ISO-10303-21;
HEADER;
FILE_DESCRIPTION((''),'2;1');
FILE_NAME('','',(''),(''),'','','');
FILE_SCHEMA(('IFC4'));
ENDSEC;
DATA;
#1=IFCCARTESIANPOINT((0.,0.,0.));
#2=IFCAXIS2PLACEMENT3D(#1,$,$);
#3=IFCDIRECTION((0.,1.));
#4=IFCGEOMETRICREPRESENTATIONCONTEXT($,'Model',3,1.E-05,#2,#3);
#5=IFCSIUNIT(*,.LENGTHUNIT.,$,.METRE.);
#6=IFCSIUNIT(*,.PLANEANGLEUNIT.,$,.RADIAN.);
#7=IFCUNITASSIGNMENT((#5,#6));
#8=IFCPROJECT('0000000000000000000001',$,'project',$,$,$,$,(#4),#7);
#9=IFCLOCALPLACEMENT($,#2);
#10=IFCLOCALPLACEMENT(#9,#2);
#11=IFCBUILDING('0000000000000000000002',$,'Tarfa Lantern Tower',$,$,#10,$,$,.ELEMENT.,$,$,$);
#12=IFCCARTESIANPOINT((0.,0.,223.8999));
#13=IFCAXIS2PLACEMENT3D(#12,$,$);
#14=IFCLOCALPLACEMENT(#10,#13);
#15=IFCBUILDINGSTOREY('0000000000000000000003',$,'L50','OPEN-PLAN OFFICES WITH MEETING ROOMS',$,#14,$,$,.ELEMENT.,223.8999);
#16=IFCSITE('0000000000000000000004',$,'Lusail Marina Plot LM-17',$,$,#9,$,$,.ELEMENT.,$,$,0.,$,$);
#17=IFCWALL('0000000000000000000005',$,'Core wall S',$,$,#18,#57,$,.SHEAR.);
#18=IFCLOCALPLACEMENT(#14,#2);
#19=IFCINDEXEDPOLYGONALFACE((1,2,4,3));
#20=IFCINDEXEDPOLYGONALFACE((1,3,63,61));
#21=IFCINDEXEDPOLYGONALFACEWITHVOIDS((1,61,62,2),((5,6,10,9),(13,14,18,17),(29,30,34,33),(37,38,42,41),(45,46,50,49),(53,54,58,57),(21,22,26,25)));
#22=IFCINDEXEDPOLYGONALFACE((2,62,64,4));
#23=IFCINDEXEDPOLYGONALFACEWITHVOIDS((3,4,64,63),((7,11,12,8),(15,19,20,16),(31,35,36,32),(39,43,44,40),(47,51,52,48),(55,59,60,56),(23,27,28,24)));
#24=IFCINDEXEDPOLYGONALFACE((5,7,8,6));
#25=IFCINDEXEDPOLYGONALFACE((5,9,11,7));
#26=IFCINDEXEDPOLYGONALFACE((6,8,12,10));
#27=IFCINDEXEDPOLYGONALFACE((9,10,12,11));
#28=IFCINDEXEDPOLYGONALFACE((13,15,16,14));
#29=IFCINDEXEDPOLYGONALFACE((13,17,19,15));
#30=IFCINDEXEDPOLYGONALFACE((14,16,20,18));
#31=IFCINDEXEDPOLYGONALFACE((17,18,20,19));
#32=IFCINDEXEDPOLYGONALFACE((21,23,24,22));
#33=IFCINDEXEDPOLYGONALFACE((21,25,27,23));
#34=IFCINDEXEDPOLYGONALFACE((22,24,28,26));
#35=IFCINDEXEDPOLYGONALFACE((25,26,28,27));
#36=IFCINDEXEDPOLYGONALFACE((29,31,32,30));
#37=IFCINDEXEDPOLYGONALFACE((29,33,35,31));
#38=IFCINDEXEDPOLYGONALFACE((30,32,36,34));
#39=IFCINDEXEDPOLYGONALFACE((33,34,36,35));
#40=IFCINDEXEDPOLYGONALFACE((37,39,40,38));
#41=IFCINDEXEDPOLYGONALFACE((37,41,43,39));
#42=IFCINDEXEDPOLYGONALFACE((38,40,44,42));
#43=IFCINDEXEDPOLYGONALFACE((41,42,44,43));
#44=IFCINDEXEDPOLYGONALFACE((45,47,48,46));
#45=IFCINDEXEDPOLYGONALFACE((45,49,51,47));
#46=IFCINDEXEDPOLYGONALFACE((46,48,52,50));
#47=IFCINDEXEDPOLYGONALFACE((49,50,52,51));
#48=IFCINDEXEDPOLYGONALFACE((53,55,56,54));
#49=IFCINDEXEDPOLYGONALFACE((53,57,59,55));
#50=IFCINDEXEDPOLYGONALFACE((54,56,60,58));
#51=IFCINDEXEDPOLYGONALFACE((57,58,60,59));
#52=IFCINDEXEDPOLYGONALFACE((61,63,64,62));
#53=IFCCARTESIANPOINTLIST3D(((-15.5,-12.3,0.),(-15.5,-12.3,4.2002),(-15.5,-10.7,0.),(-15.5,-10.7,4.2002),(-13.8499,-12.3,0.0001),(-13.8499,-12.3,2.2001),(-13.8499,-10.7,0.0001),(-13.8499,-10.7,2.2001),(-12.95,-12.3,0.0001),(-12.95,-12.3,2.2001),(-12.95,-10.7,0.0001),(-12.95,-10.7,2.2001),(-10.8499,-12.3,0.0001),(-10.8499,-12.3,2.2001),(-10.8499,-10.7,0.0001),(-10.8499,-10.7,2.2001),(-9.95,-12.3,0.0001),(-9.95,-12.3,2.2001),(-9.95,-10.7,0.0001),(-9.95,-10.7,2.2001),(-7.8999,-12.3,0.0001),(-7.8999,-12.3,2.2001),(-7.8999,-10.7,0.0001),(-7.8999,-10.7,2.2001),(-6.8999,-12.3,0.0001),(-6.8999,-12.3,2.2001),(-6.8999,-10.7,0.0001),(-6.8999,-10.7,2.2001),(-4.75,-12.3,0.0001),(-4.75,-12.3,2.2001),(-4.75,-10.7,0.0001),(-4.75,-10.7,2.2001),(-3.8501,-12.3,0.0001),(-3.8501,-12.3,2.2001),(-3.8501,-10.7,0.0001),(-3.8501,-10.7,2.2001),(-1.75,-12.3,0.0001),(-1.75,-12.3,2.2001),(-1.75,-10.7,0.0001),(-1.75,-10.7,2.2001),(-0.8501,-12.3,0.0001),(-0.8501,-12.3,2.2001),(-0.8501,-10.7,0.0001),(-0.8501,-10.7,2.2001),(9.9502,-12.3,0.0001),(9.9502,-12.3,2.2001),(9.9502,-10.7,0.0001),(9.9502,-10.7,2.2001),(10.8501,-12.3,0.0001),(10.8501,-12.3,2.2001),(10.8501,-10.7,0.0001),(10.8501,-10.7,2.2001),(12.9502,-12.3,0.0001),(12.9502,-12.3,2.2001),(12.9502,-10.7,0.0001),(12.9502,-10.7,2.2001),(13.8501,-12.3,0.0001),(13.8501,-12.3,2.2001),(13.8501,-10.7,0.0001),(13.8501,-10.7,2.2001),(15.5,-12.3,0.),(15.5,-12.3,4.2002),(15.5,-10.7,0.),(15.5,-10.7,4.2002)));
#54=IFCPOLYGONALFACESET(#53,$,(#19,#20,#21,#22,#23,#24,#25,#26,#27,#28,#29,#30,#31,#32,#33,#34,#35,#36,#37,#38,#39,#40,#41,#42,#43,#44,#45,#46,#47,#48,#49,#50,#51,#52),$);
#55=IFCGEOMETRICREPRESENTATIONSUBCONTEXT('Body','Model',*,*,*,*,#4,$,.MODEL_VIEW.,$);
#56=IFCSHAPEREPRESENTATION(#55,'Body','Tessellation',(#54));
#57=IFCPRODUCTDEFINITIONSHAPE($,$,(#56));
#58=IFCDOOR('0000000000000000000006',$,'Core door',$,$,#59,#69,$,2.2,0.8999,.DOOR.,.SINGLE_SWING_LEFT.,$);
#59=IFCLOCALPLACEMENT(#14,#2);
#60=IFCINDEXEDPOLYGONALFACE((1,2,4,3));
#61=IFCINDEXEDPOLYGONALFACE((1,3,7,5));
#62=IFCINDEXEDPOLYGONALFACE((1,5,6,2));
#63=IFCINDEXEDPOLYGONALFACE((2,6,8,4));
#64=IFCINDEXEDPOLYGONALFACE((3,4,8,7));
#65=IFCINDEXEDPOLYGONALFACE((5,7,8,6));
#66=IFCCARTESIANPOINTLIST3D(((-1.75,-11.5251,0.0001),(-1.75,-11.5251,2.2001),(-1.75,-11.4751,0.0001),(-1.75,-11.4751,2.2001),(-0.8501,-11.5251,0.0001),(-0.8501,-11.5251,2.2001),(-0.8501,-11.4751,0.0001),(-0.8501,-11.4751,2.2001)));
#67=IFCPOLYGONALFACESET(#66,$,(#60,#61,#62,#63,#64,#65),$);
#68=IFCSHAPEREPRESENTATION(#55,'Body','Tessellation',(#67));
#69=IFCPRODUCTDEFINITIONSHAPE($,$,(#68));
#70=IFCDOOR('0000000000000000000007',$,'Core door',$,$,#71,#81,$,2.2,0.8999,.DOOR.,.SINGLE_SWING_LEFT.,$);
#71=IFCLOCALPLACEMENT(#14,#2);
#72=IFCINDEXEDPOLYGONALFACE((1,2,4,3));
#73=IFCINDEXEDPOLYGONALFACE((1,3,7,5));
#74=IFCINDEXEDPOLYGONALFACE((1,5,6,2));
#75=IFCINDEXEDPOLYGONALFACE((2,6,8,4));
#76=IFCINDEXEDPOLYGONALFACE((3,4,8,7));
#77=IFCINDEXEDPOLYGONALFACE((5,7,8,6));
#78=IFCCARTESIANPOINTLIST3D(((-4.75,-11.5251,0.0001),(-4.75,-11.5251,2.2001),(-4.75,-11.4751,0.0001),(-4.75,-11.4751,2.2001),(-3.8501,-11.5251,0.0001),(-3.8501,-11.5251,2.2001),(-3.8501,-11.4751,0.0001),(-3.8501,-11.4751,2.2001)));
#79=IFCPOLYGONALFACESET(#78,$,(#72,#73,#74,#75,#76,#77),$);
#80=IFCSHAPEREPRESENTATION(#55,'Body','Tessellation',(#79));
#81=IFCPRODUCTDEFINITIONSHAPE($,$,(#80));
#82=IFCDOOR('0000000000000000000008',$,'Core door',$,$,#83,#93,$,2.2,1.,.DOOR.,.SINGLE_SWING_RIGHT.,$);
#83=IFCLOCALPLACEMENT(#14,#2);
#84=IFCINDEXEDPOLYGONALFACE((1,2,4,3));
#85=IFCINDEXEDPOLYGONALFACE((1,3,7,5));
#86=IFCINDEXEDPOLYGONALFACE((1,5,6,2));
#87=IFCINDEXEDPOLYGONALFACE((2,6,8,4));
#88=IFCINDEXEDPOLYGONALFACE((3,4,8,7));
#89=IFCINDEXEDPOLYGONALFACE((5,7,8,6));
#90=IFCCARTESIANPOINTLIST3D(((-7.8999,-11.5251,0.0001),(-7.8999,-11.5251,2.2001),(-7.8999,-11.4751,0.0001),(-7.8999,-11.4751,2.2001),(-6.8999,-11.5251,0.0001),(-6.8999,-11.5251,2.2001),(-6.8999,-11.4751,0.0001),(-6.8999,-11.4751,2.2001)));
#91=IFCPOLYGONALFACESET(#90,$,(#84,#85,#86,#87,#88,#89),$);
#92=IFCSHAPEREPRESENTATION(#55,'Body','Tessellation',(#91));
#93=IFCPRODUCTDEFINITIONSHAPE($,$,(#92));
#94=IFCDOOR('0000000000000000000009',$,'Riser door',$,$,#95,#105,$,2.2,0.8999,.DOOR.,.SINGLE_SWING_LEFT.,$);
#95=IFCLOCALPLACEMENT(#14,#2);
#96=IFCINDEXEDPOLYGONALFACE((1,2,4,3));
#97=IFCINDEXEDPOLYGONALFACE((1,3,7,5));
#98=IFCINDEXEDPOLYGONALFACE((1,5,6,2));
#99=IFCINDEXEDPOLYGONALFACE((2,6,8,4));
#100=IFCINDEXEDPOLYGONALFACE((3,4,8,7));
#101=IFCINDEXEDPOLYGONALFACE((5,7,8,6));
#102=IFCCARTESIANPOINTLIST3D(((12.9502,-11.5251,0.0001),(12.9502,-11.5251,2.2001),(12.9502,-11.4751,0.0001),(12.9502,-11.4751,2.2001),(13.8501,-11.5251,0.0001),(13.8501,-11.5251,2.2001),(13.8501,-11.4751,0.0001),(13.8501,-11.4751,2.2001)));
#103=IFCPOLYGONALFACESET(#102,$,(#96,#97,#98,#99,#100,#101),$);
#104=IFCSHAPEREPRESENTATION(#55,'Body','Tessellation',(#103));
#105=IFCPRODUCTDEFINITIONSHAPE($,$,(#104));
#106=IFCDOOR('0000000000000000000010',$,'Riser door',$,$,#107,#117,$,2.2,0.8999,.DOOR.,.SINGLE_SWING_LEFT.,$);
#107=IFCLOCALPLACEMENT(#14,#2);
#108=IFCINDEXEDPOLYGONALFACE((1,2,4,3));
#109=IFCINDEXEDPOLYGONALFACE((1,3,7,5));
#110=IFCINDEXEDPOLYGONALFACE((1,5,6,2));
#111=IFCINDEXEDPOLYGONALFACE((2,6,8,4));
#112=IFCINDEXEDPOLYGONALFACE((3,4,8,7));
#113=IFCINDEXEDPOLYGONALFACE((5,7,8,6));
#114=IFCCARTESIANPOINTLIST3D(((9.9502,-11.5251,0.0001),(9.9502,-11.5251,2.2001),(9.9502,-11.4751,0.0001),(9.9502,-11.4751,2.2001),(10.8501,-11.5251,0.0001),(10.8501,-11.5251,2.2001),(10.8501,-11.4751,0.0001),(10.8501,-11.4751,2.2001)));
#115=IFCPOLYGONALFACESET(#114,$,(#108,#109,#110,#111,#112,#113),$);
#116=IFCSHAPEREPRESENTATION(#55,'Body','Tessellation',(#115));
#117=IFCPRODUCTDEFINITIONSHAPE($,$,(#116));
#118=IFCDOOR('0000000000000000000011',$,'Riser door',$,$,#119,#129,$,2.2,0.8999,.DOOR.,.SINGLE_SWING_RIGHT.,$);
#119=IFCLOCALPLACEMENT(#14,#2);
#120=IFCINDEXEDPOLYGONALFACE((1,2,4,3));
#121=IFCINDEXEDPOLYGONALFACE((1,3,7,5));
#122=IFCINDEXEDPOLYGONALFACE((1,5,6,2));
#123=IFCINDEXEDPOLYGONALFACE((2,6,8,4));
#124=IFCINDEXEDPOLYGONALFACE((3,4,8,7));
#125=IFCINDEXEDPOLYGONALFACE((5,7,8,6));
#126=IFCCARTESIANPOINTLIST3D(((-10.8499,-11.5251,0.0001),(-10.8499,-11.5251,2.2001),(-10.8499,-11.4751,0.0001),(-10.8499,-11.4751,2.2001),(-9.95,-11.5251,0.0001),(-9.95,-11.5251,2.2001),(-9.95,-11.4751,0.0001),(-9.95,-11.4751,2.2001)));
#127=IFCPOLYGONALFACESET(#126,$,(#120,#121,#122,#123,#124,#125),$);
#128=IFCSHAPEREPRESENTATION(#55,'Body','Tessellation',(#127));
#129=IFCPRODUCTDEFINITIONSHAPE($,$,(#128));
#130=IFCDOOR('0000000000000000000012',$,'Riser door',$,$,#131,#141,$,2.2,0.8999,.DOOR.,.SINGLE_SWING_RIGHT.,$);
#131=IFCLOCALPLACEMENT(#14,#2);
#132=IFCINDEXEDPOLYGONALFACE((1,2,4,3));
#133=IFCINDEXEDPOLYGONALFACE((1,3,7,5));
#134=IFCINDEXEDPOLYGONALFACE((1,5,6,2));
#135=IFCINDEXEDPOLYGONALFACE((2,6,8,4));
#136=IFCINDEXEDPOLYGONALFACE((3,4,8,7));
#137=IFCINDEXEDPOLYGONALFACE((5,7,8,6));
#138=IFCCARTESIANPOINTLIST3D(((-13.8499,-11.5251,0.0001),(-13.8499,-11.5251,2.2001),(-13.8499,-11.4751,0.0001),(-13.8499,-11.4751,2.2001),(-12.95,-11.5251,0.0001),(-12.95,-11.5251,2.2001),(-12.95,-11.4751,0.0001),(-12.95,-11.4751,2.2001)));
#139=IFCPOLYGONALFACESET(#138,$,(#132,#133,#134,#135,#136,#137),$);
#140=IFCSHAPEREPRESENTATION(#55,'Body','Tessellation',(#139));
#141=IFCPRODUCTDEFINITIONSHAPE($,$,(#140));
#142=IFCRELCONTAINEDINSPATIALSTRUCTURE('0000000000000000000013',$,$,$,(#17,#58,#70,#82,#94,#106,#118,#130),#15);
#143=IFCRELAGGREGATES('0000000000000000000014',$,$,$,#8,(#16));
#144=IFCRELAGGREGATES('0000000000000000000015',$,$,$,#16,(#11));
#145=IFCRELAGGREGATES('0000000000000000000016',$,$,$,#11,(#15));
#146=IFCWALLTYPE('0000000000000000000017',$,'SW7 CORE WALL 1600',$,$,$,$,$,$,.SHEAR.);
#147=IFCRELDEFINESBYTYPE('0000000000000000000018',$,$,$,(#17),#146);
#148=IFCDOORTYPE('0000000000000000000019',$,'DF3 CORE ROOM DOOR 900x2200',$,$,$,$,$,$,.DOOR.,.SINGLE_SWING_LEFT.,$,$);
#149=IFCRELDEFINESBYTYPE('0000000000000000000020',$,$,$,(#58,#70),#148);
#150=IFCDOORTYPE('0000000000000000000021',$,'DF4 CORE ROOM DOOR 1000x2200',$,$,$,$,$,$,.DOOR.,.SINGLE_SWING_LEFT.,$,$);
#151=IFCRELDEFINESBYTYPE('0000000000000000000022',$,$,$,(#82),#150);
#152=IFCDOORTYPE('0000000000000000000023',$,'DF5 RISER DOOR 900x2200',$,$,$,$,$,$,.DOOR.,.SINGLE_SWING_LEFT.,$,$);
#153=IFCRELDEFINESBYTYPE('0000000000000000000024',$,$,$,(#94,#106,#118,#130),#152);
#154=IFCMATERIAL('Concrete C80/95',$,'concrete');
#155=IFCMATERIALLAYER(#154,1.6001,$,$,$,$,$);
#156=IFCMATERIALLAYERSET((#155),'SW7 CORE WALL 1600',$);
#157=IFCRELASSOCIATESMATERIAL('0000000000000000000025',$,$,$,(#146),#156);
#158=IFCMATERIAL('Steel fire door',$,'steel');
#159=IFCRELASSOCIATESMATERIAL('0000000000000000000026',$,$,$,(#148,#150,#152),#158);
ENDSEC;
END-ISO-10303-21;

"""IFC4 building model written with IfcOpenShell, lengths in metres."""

from ifc_helpers import new_model, si_unit, direction, frame, frame_2d, origin, place, context, subcontext, project, spatial, rectangle, extrude, material, layer, layer_set, type_object, element, fill, save


model = new_model("IFC4")

# Units and contexts
model_context = context("Model", 3, precision=1e-05, world=origin(), true_north=direction((0.0, 1.0)))
body_context = subcontext(model_context, "Body", "Model", "MODEL_VIEW")
ifc_project = project(units=[si_unit("LENGTHUNIT", "METRE"), si_unit("PLANEANGLEUNIT", "RADIAN")], contexts=[model_context])

# Site, building, storey
site_placement = place(None, origin())
site = spatial("IfcSite", under=ifc_project, at=site_placement, Name="Lusail Marina Plot LM-17", CompositionType="ELEMENT", RefElevation=0.0)
building_placement = place(site_placement, origin())
building = spatial("IfcBuilding", under=site, at=building_placement, Name="Tarfa Lantern Tower", CompositionType="ELEMENT")
storey_placement = place(building_placement, frame((0.0, 0.0, 223.8999)))
storey = spatial("IfcBuildingStorey", under=building, at=storey_placement, Name="L50", Description="OPEN-PLAN OFFICES WITH MEETING ROOMS", CompositionType="ELEMENT", Elevation=223.8999)

# Shared definitions
ifc_material_1 = material(Name="Concrete C80/95", Category="concrete")

# Wall, openings, doors
ifc_layer_1 = layer(ifc_material_1, 1.6001)
ifc_layer_set_1 = layer_set([ifc_layer_1], Name="SW7 CORE WALL 1600")
wall_type_1 = type_object("IfcWallType", Name="SW7 CORE WALL 1600", PredefinedType="SHEAR", material=ifc_layer_set_1)
wall_1_placement = place(storey_placement, frame((15.5, -11.5, 0.0), z_axis=(0.0, 0.0, 1.0), x_axis=(-1.0, 0.0, 0.0)))
wall_1 = element("IfcWall", 1, at=wall_1_placement, inside=storey, type_object=wall_type_1, Name="Core wall S", PredefinedType="SHEAR", context=body_context, shape_type="SweptSolid", body=[
    extrude(rectangle(XDim=31.0, YDim=1.6001, at=frame_2d((15.5, 0.0))), origin(), (0.0, 0.0, 1.0), 4.2002),
])
opening_1_placement = place(wall_1_placement, frame((16.3501, 0.0, 0.0)))
opening_1 = element("IfcOpeningElement", 2, at=opening_1_placement, cuts=wall_1, PredefinedType="OPENING", context=body_context, shape_type="SweptSolid", body=[
    extrude(rectangle(XDim=0.8999, YDim=2.2, at=frame_2d((0.45, 1.1001))), frame((0.0, 0.8101, 0.0), z_axis=(0.0, -1.0, 0.0), x_axis=(1.0, 0.0, 0.0)), (0.0, 0.0, 1.0), 1.6201),
])
opening_2_placement = place(wall_1_placement, frame((19.3501, 0.0, 0.0)))
opening_2 = element("IfcOpeningElement", 3, at=opening_2_placement, cuts=wall_1, PredefinedType="OPENING", context=body_context, shape_type="SweptSolid", body=[
    extrude(rectangle(XDim=0.8999, YDim=2.2, at=frame_2d((0.45, 1.1001))), frame((0.0, 0.8101, 0.0), z_axis=(0.0, -1.0, 0.0), x_axis=(1.0, 0.0, 0.0)), (0.0, 0.0, 1.0), 1.6201),
])
opening_3_placement = place(wall_1_placement, frame((22.3999, 0.0, 0.0)))
opening_3 = element("IfcOpeningElement", 4, at=opening_3_placement, cuts=wall_1, PredefinedType="OPENING", context=body_context, shape_type="SweptSolid", body=[
    extrude(rectangle(XDim=1.0, YDim=2.2, at=frame_2d((0.5, 1.1001))), frame((0.0, 0.8101, 0.0), z_axis=(0.0, -1.0, 0.0), x_axis=(1.0, 0.0, 0.0)), (0.0, 0.0, 1.0), 1.6201),
])
opening_4_placement = place(wall_1_placement, frame((1.6499, 0.0, 0.0)))
opening_4 = element("IfcOpeningElement", 5, at=opening_4_placement, cuts=wall_1, PredefinedType="OPENING", context=body_context, shape_type="SweptSolid", body=[
    extrude(rectangle(XDim=0.8999, YDim=2.2, at=frame_2d((0.45, 1.1001))), frame((0.0, 0.8101, 0.0), z_axis=(0.0, -1.0, 0.0), x_axis=(1.0, 0.0, 0.0)), (0.0, 0.0, 1.0), 1.6201),
])
opening_5_placement = place(wall_1_placement, frame((4.6499, 0.0, 0.0)))
opening_5 = element("IfcOpeningElement", 6, at=opening_5_placement, cuts=wall_1, PredefinedType="OPENING", context=body_context, shape_type="SweptSolid", body=[
    extrude(rectangle(XDim=0.8999, YDim=2.2, at=frame_2d((0.45, 1.1001))), frame((0.0, 0.8101, 0.0), z_axis=(0.0, -1.0, 0.0), x_axis=(1.0, 0.0, 0.0)), (0.0, 0.0, 1.0), 1.6201),
])
opening_6_placement = place(wall_1_placement, frame((25.45, 0.0, 0.0)))
opening_6 = element("IfcOpeningElement", 7, at=opening_6_placement, cuts=wall_1, PredefinedType="OPENING", context=body_context, shape_type="SweptSolid", body=[
    extrude(rectangle(XDim=0.8999, YDim=2.2, at=frame_2d((0.45, 1.1001))), frame((0.0, 0.8101, 0.0), z_axis=(0.0, -1.0, 0.0), x_axis=(1.0, 0.0, 0.0)), (0.0, 0.0, 1.0), 1.6201),
])
opening_7_placement = place(wall_1_placement, frame((28.45, 0.0, 0.0)))
opening_7 = element("IfcOpeningElement", 8, at=opening_7_placement, cuts=wall_1, PredefinedType="OPENING", context=body_context, shape_type="SweptSolid", body=[
    extrude(rectangle(XDim=0.8999, YDim=2.2, at=frame_2d((0.45, 1.1001))), frame((0.0, 0.8101, 0.0), z_axis=(0.0, -1.0, 0.0), x_axis=(1.0, 0.0, 0.0)), (0.0, 0.0, 1.0), 1.6201),
])
ifc_material_2 = material(Name="Steel fire door", Category="steel")
door_type_1 = type_object("IfcDoorType", Name="DF3 CORE ROOM DOOR 900x2200", OperationType="SINGLE_SWING_LEFT", PredefinedType="DOOR", material=ifc_material_2)
door_1_placement = place(opening_1_placement, frame((0.8999, 0.0, 0.0), z_axis=(0.0, 0.0, 1.0), x_axis=(-1.0, 0.0, 0.0)))
door_1 = element("IfcDoor", 9, at=door_1_placement, inside=storey, type_object=door_type_1, Name="Core door", OperationType="SINGLE_SWING_LEFT", OverallHeight=2.2, OverallWidth=0.8999, PredefinedType="DOOR", context=body_context, shape_type="SweptSolid", body=[
    extrude(rectangle(XDim=0.8999, YDim=2.2, at=frame_2d((0.45, 1.1001))), frame((0.0, 0.0249, 0.0), z_axis=(0.0, -1.0, 0.0), x_axis=(1.0, 0.0, 0.0)), (0.0, 0.0, 1.0), 0.05),
])
fill(opening_1, door_1)
door_2_placement = place(opening_2_placement, frame((0.8999, 0.0, 0.0), z_axis=(0.0, 0.0, 1.0), x_axis=(-1.0, 0.0, 0.0)))
door_2 = element("IfcDoor", 10, at=door_2_placement, inside=storey, type_object=door_type_1, Name="Core door", OperationType="SINGLE_SWING_LEFT", OverallHeight=2.2, OverallWidth=0.8999, PredefinedType="DOOR", context=body_context, shape_type="SweptSolid", body=[
    extrude(rectangle(XDim=0.8999, YDim=2.2, at=frame_2d((0.45, 1.1001))), frame((0.0, 0.0249, 0.0), z_axis=(0.0, -1.0, 0.0), x_axis=(1.0, 0.0, 0.0)), (0.0, 0.0, 1.0), 0.05),
])
fill(opening_2, door_2)
door_type_2 = type_object("IfcDoorType", Name="DF4 CORE ROOM DOOR 1000x2200", OperationType="SINGLE_SWING_LEFT", PredefinedType="DOOR", material=ifc_material_2)
door_3_placement = place(opening_3_placement, frame((1.0, 0.0, 0.0), z_axis=(0.0, 0.0, 1.0), x_axis=(-1.0, 0.0, 0.0)))
door_3 = element("IfcDoor", 11, at=door_3_placement, inside=storey, type_object=door_type_2, Name="Core door", OperationType="SINGLE_SWING_RIGHT", OverallHeight=2.2, OverallWidth=1.0, PredefinedType="DOOR", context=body_context, shape_type="SweptSolid", body=[
    extrude(rectangle(XDim=1.0, YDim=2.2, at=frame_2d((0.5, 1.1001))), frame((0.0, 0.0249, 0.0), z_axis=(0.0, -1.0, 0.0), x_axis=(1.0, 0.0, 0.0)), (0.0, 0.0, 1.0), 0.05),
])
fill(opening_3, door_3)
door_type_3 = type_object("IfcDoorType", Name="DF5 RISER DOOR 900x2200", OperationType="SINGLE_SWING_LEFT", PredefinedType="DOOR", material=ifc_material_2)
door_4_placement = place(opening_4_placement, frame((0.8999, 0.0, 0.0), z_axis=(0.0, 0.0, 1.0), x_axis=(-1.0, 0.0, 0.0)))
door_4 = element("IfcDoor", 12, at=door_4_placement, inside=storey, type_object=door_type_3, Name="Riser door", OperationType="SINGLE_SWING_LEFT", OverallHeight=2.2, OverallWidth=0.8999, PredefinedType="DOOR", context=body_context, shape_type="SweptSolid", body=[
    extrude(rectangle(XDim=0.8999, YDim=2.2, at=frame_2d((0.45, 1.1001))), frame((0.0, 0.0249, 0.0), z_axis=(0.0, -1.0, 0.0), x_axis=(1.0, 0.0, 0.0)), (0.0, 0.0, 1.0), 0.05),
])
fill(opening_4, door_4)
door_5_placement = place(opening_5_placement, frame((0.8999, 0.0, 0.0), z_axis=(0.0, 0.0, 1.0), x_axis=(-1.0, 0.0, 0.0)))
door_5 = element("IfcDoor", 13, at=door_5_placement, inside=storey, type_object=door_type_3, Name="Riser door", OperationType="SINGLE_SWING_LEFT", OverallHeight=2.2, OverallWidth=0.8999, PredefinedType="DOOR", context=body_context, shape_type="SweptSolid", body=[
    extrude(rectangle(XDim=0.8999, YDim=2.2, at=frame_2d((0.45, 1.1001))), frame((0.0, 0.0249, 0.0), z_axis=(0.0, -1.0, 0.0), x_axis=(1.0, 0.0, 0.0)), (0.0, 0.0, 1.0), 0.05),
])
fill(opening_5, door_5)
door_6_placement = place(opening_6_placement, frame((0.8999, 0.0, 0.0), z_axis=(0.0, 0.0, 1.0), x_axis=(-1.0, 0.0, 0.0)))
door_6 = element("IfcDoor", 14, at=door_6_placement, inside=storey, type_object=door_type_3, Name="Riser door", OperationType="SINGLE_SWING_RIGHT", OverallHeight=2.2, OverallWidth=0.8999, PredefinedType="DOOR", context=body_context, shape_type="SweptSolid", body=[
    extrude(rectangle(XDim=0.8999, YDim=2.2, at=frame_2d((0.45, 1.1001))), frame((0.0, 0.0249, 0.0), z_axis=(0.0, -1.0, 0.0), x_axis=(1.0, 0.0, 0.0)), (0.0, 0.0, 1.0), 0.05),
])
fill(opening_6, door_6)
door_7_placement = place(opening_7_placement, frame((0.8999, 0.0, 0.0), z_axis=(0.0, 0.0, 1.0), x_axis=(-1.0, 0.0, 0.0)))
door_7 = element("IfcDoor", 15, at=door_7_placement, inside=storey, type_object=door_type_3, Name="Riser door", OperationType="SINGLE_SWING_RIGHT", OverallHeight=2.2, OverallWidth=0.8999, PredefinedType="DOOR", context=body_context, shape_type="SweptSolid", body=[
    extrude(rectangle(XDim=0.8999, YDim=2.2, at=frame_2d((0.45, 1.1001))), frame((0.0, 0.0249, 0.0), z_axis=(0.0, -1.0, 0.0), x_axis=(1.0, 0.0, 0.0)), (0.0, 0.0, 1.0), 0.05),
])
fill(opening_7, door_7)

save(model, "model.ifc")
